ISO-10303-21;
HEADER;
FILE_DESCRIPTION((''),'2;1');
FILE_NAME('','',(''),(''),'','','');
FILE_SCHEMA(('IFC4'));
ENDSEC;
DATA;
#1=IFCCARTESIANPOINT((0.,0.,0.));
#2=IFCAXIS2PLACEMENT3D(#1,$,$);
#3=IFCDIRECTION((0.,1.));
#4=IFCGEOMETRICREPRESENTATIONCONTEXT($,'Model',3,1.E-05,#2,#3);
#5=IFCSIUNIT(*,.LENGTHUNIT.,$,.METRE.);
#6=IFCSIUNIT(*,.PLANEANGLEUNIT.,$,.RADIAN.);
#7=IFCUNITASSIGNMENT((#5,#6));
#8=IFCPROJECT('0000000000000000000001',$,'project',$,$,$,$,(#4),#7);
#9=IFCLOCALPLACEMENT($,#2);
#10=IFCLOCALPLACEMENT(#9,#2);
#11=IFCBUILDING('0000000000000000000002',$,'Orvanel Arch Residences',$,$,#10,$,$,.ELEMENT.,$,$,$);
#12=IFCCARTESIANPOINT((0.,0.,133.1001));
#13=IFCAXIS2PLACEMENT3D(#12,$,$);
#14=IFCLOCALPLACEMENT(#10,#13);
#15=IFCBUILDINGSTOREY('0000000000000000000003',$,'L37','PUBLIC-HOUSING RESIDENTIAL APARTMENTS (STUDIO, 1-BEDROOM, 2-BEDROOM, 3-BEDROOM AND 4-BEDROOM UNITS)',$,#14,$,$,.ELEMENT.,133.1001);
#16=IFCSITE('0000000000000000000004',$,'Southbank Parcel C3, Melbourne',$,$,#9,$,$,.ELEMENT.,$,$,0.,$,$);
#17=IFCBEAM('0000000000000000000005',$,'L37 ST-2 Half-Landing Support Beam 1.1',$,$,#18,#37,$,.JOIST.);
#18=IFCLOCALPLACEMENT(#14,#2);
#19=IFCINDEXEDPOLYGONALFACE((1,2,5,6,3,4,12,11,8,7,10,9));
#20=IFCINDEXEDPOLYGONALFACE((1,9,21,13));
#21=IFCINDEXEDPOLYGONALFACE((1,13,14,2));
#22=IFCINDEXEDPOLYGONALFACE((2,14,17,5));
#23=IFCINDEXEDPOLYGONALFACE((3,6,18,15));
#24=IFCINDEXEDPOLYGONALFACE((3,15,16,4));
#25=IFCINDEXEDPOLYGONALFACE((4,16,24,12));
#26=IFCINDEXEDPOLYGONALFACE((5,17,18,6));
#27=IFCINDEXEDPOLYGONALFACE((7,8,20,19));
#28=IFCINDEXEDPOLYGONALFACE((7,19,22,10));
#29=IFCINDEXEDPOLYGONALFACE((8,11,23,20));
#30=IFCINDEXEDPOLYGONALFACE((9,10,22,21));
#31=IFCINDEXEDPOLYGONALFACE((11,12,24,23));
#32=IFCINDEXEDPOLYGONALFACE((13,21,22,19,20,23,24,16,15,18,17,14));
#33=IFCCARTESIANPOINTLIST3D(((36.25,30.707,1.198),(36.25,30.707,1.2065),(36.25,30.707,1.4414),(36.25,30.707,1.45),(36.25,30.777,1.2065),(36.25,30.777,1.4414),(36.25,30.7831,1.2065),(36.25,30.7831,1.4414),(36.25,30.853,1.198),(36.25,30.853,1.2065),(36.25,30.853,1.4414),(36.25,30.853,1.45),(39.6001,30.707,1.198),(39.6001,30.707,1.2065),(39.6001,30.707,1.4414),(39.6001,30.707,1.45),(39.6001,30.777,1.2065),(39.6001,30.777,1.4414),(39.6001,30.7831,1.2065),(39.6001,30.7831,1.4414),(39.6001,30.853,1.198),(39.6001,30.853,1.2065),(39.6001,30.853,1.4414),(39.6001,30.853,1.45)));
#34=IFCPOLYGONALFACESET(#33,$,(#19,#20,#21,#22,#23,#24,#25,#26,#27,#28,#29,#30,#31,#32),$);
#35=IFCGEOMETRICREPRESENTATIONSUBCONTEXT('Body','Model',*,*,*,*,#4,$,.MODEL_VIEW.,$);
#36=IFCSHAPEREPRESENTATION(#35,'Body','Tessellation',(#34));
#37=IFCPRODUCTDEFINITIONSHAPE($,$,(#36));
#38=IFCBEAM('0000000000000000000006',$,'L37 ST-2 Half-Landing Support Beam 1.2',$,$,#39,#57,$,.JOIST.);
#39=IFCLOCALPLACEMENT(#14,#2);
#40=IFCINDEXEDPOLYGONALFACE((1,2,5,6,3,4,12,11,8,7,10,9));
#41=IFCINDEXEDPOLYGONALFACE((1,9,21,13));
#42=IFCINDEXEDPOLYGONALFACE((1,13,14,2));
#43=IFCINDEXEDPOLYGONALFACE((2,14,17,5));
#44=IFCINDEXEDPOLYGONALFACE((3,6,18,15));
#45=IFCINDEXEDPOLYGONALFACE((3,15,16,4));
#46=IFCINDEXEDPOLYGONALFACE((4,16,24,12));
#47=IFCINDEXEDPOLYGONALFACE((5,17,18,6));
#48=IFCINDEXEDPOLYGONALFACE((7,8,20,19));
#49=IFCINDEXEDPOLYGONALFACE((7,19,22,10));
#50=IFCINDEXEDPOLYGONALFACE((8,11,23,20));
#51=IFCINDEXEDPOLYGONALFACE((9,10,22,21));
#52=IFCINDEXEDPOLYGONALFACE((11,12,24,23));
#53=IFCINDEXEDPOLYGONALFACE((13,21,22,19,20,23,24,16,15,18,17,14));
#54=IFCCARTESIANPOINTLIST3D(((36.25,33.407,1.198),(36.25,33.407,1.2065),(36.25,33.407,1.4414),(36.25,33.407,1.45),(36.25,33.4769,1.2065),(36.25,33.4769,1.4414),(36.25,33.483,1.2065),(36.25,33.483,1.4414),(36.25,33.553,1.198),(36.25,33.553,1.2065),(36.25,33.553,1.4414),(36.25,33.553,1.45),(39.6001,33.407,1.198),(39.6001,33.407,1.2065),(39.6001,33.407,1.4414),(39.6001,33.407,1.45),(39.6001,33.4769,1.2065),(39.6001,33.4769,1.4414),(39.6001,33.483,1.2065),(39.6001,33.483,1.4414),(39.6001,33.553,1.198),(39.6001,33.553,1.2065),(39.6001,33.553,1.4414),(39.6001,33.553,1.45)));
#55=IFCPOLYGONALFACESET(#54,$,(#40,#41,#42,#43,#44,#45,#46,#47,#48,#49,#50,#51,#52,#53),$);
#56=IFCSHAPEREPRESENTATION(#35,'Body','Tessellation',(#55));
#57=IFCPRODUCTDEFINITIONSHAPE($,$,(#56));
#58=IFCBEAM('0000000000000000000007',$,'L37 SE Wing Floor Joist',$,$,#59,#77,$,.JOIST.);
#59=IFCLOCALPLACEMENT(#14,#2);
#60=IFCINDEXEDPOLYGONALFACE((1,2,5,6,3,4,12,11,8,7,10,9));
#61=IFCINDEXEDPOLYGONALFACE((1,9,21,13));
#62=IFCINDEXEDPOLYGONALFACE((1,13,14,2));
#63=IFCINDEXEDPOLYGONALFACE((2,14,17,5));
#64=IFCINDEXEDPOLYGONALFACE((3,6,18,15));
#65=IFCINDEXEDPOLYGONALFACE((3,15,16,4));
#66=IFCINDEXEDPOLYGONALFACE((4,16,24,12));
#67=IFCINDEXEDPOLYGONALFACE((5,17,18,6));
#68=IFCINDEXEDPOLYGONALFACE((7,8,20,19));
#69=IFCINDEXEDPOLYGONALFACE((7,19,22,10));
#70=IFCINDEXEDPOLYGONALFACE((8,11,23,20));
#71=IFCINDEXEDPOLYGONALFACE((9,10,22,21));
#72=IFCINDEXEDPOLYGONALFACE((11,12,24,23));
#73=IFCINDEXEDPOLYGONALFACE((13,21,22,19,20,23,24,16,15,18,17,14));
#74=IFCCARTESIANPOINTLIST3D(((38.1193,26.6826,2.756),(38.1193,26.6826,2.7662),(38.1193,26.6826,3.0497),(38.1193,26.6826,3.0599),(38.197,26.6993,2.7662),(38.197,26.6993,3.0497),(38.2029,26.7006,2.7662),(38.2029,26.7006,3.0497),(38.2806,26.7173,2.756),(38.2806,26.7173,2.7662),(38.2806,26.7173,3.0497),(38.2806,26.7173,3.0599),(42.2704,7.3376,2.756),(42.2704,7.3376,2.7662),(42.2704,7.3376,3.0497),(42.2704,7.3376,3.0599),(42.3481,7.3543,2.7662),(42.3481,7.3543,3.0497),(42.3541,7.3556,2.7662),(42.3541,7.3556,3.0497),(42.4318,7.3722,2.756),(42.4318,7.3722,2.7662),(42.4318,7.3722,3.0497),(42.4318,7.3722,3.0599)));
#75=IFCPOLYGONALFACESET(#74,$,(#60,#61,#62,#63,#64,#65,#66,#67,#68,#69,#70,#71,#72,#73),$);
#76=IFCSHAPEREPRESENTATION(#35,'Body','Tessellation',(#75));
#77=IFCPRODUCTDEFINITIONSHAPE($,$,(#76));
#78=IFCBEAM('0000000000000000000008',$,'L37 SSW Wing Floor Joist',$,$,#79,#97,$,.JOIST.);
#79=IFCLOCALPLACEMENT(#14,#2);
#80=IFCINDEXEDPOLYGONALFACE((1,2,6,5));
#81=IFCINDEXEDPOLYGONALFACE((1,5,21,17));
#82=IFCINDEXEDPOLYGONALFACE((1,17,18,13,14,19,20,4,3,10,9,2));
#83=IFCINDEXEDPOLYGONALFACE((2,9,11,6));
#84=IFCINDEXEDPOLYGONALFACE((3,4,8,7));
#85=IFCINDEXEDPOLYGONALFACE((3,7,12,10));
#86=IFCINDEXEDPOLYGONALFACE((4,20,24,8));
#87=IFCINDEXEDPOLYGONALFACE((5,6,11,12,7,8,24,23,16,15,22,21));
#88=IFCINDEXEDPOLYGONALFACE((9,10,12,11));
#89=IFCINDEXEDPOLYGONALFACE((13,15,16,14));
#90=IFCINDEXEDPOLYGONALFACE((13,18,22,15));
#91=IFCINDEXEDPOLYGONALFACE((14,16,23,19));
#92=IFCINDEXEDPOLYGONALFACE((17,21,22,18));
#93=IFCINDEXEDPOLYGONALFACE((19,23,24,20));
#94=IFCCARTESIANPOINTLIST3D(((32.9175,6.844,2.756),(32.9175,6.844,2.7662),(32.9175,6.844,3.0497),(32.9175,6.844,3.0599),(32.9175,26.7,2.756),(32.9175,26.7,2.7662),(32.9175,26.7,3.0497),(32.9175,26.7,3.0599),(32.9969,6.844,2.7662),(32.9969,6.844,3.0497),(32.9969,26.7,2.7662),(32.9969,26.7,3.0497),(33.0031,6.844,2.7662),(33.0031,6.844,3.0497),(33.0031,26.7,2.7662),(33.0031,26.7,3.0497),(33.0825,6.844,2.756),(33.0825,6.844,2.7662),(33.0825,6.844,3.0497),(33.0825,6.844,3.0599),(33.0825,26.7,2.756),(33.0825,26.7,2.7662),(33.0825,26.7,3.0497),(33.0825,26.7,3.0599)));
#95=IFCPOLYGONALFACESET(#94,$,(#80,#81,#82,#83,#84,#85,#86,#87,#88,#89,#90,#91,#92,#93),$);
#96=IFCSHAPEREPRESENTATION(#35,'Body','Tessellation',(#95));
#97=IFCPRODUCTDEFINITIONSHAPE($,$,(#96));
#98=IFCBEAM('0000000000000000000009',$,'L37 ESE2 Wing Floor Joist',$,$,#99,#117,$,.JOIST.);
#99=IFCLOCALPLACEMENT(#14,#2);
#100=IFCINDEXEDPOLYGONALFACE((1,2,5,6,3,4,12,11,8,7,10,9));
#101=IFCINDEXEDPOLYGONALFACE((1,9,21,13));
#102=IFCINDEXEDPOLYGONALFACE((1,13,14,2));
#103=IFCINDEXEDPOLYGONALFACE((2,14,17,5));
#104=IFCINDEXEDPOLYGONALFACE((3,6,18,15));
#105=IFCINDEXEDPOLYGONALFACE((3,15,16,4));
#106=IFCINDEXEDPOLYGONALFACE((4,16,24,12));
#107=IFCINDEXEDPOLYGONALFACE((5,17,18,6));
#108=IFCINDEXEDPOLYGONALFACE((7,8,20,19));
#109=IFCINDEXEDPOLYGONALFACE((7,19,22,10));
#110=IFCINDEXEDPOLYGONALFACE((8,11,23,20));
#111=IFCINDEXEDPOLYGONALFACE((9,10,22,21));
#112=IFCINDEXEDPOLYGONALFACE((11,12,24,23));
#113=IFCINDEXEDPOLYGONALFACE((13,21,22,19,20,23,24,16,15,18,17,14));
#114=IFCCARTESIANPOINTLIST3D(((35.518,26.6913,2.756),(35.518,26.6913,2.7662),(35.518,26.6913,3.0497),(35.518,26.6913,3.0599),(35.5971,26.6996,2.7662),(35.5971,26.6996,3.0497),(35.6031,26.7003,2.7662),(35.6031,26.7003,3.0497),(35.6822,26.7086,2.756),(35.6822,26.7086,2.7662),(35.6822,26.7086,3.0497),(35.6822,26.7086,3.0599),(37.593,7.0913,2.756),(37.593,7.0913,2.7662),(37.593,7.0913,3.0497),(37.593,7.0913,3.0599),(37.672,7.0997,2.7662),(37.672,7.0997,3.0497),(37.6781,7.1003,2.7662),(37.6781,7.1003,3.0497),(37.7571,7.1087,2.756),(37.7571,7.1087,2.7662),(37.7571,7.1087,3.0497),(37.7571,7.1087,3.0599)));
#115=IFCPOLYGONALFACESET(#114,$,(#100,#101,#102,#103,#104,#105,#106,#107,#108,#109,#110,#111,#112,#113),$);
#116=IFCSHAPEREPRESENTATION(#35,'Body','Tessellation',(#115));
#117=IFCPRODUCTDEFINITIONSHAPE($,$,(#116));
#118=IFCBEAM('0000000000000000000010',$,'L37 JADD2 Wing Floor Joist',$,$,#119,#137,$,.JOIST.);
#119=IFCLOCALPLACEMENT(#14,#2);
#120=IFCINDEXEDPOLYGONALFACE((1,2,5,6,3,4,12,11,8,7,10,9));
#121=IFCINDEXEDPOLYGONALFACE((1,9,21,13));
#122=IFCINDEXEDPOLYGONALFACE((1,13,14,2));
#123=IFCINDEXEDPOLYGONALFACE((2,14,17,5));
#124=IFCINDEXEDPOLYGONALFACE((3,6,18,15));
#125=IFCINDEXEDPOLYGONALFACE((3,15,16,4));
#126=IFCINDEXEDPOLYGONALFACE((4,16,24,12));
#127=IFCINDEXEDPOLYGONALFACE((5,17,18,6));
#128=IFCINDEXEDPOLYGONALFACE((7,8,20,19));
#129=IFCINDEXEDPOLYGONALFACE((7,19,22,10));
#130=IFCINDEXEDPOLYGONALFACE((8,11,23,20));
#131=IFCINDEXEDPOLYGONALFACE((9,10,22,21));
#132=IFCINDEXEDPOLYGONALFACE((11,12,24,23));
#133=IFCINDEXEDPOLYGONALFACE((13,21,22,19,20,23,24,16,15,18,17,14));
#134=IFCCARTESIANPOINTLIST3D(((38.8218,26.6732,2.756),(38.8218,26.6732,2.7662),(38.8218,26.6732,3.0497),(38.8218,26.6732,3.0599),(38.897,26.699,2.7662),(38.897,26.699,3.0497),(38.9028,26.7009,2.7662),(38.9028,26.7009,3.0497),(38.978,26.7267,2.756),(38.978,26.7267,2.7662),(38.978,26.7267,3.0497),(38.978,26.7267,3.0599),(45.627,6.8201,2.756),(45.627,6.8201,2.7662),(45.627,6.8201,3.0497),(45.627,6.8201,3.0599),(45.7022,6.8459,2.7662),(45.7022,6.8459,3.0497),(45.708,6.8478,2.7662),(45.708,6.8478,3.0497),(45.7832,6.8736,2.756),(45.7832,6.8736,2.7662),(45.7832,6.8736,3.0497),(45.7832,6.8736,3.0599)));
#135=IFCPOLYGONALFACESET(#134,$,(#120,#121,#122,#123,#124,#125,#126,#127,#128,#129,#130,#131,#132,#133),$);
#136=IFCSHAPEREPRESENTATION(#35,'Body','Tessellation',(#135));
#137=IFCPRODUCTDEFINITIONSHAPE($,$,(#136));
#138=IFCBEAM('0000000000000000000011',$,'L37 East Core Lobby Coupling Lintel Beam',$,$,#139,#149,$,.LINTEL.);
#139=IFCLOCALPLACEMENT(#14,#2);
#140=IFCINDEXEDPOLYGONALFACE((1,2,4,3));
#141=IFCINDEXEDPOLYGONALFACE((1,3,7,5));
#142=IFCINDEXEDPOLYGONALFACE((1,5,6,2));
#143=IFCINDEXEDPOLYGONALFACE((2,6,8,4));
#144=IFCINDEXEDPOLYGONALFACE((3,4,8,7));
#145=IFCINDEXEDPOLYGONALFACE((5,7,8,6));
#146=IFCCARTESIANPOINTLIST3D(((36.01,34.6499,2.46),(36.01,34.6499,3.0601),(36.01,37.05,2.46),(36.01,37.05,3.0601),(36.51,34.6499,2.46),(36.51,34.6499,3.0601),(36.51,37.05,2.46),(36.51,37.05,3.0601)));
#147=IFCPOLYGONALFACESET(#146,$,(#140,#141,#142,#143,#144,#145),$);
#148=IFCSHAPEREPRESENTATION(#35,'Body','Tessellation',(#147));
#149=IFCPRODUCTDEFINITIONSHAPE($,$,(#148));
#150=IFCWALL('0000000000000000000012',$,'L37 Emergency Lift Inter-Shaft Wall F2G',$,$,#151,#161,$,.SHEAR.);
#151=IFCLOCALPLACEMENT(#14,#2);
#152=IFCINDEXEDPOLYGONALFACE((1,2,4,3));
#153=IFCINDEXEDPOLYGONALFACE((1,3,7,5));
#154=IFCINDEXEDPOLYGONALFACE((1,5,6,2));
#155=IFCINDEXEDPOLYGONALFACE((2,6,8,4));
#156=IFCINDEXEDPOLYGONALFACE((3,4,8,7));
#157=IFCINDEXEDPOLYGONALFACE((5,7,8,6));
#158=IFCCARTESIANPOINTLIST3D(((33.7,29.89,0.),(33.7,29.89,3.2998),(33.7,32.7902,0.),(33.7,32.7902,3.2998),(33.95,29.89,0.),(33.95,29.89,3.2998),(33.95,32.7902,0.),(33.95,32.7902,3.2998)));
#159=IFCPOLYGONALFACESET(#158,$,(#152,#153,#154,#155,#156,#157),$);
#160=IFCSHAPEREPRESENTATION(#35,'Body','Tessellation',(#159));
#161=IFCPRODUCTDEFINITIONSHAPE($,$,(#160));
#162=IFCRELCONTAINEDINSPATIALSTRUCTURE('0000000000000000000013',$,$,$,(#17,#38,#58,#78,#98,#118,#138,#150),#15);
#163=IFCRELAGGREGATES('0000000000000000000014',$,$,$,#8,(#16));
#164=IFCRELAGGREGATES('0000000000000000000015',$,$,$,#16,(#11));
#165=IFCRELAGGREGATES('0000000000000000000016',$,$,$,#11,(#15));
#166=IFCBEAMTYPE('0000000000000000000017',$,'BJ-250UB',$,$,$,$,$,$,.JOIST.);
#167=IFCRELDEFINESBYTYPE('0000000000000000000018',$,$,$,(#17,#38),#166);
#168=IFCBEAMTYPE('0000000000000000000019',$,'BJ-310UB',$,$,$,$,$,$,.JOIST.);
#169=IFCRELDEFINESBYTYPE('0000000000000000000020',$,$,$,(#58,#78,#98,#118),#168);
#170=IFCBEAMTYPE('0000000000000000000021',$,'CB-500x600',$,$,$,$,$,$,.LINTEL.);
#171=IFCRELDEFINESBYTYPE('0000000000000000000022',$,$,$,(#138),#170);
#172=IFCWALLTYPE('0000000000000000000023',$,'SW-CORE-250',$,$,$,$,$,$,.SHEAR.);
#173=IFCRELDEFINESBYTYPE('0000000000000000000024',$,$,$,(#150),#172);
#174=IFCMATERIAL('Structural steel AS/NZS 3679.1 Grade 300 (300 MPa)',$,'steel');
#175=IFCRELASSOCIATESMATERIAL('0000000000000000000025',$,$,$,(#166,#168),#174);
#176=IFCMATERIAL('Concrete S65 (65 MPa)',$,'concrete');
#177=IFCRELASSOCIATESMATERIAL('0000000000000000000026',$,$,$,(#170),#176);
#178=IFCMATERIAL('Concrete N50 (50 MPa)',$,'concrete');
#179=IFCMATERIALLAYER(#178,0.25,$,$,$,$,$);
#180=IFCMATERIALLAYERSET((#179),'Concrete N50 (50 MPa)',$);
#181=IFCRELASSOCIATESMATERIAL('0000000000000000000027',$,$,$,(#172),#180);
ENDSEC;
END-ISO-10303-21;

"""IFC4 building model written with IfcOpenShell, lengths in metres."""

from ifc_helpers import new_model, si_unit, direction, frame, frame_2d, origin, origin_2d, place, context, subcontext, project, spatial, rectangle, i_section, extrude, material, layer, layer_set, material_profile, profile_set, type_object, element, save


model = new_model("IFC4")

# Units and contexts
model_context = context("Model", 3, precision=1e-05, world=origin(), true_north=direction((0.0, 1.0)))
body_context = subcontext(model_context, "Body", "Model", "MODEL_VIEW")
ifc_project = project(units=[si_unit("LENGTHUNIT", "METRE"), si_unit("PLANEANGLEUNIT", "RADIAN")], contexts=[model_context])

# Site, building, storey
site_placement = place(None, origin())
site = spatial("IfcSite", under=ifc_project, at=site_placement, Name="Southbank Parcel C3, Melbourne", CompositionType="ELEMENT", RefElevation=0.0)
building_placement = place(site_placement, origin())
building = spatial("IfcBuilding", under=site, at=building_placement, Name="Orvanel Arch Residences", CompositionType="ELEMENT")
storey_placement = place(building_placement, frame((0.0, 0.0, 133.1001)))
storey = spatial("IfcBuildingStorey", under=building, at=storey_placement, Name="L37", Description="PUBLIC-HOUSING RESIDENTIAL APARTMENTS (STUDIO, 1-BEDROOM, 2-BEDROOM, 3-BEDROOM AND 4-BEDROOM UNITS)", CompositionType="ELEMENT", Elevation=133.1001)

# Beams
ifc_material_1 = material(Name="Structural steel AS/NZS 3679.1 Grade 300 (300 MPa)", Category="steel")
ifc_material_profile_1 = material_profile(ifc_material_1, i_section(OverallWidth=0.146, OverallDepth=0.252, WebThickness=0.0061, FlangeThickness=0.0085, at=origin_2d()), Name="250UB31.4")
ifc_profile_set_1 = profile_set([ifc_material_profile_1], Name="Structural steel AS/NZS 3679.1 Grade 300 (300 MPa)")
beam_type_1 = type_object("IfcBeamType", Name="BJ-250UB", PredefinedType="JOIST", material=ifc_profile_set_1)
for number, where, z_axis, x_axis, name in (
    (1, (36.25, 30.78, 1.324), (1.0, 0.0, 0.0), (0.0, 1.0, 0.0), "L37 ST-2 Half-Landing Support Beam 1.1"),
    (2, (36.25, 33.48, 1.324), (1.0, 0.0, 0.0), (0.0, 1.0, 0.0), "L37 ST-2 Half-Landing Support Beam 1.2"),
):
    element("IfcBeam", number, at=place(storey_placement, frame(where, z_axis=z_axis, x_axis=x_axis)), inside=storey, type_object=beam_type_1, Name=name, PredefinedType="JOIST", context=body_context, shape_type="SweptSolid", body=[
        extrude(i_section(OverallWidth=0.146, OverallDepth=0.252, WebThickness=0.0061, FlangeThickness=0.0085, at=origin_2d()), origin(), (0.0, 0.0, 1.0), 3.3501),
    ])
ifc_material_profile_2 = material_profile(ifc_material_1, i_section(OverallWidth=0.165, OverallDepth=0.304, WebThickness=0.0061, FlangeThickness=0.0103, at=origin_2d()), Name="310UB40.4")
ifc_profile_set_2 = profile_set([ifc_material_profile_2], Name="Structural steel AS/NZS 3679.1 Grade 300 (300 MPa)")
beam_type_2 = type_object("IfcBeamType", Name="BJ-310UB", PredefinedType="JOIST", material=ifc_profile_set_2)
beam_1_placement = place(storey_placement, frame((38.2, 26.7, 2.908), z_axis=(0.209808, -0.977743, 0.0), x_axis=(0.977743, 0.209808, 0.0)))
element("IfcBeam", 3, at=beam_1_placement, inside=storey, type_object=beam_type_2, Name="L37 SE Wing Floor Joist", PredefinedType="JOIST", context=body_context, shape_type="SweptSolid", body=[
    extrude(i_section(OverallWidth=0.165, OverallDepth=0.304, WebThickness=0.0061, FlangeThickness=0.0103, at=origin_2d()), origin(), (0.0, 0.0, 1.0), 19.7854),
])
beam_2_placement = place(storey_placement, frame((33.0, 26.7, 2.908), z_axis=(0.0, -1.0, 0.0), x_axis=(1.0, 0.0, 0.0)))
element("IfcBeam", 4, at=beam_2_placement, inside=storey, type_object=beam_type_2, Name="L37 SSW Wing Floor Joist", PredefinedType="JOIST", context=body_context, shape_type="SweptSolid", body=[
    extrude(i_section(OverallWidth=0.165, OverallDepth=0.304, WebThickness=0.0061, FlangeThickness=0.0103, at=origin_2d()), origin(), (0.0, 0.0, 1.0), 19.856),
])
beam_3_placement = place(storey_placement, frame((35.6001, 26.7, 2.908), z_axis=(0.105277, -0.994443, 0.0), x_axis=(0.994443, 0.105277, 0.0)))
element("IfcBeam", 5, at=beam_3_placement, inside=storey, type_object=beam_type_2, Name="L37 ESE2 Wing Floor Joist", PredefinedType="JOIST", context=body_context, shape_type="SweptSolid", body=[
    extrude(i_section(OverallWidth=0.165, OverallDepth=0.304, WebThickness=0.0061, FlangeThickness=0.0103, at=origin_2d()), origin(), (0.0, 0.0, 1.0), 19.7095),
])
beam_4_placement = place(storey_placement, frame((38.8999, 26.7, 2.908), z_axis=(0.324257, -0.945969, 0.0), x_axis=(0.945969, 0.324257, 0.0)))
element("IfcBeam", 6, at=beam_4_placement, inside=storey, type_object=beam_type_2, Name="L37 JADD2 Wing Floor Joist", PredefinedType="JOIST", context=body_context, shape_type="SweptSolid", body=[
    extrude(i_section(OverallWidth=0.165, OverallDepth=0.304, WebThickness=0.0061, FlangeThickness=0.0103, at=origin_2d()), origin(), (0.0, 0.0, 1.0), 20.9871),
])
ifc_material_2 = material(Name="Concrete S65 (65 MPa)", Category="concrete")
ifc_material_profile_3 = material_profile(ifc_material_2, rectangle(XDim=0.5, YDim=0.6001, at=origin_2d()), Name="RC500x600")
ifc_profile_set_3 = profile_set([ifc_material_profile_3], Name="Concrete S65 (65 MPa)")
beam_type_3 = type_object("IfcBeamType", Name="CB-500x600", PredefinedType="LINTEL", material=ifc_profile_set_3)
beam_5_placement = place(storey_placement, frame((36.26, 34.6499, 2.76), z_axis=(0.0, 1.0, 0.0), x_axis=(-1.0, 0.0, 0.0)))
element("IfcBeam", 7, at=beam_5_placement, inside=storey, type_object=beam_type_3, Name="L37 East Core Lobby Coupling Lintel Beam", PredefinedType="LINTEL", context=body_context, shape_type="SweptSolid", body=[
    extrude(rectangle(XDim=0.5, YDim=0.6001, at=origin_2d()), origin(), (0.0, 0.0, 1.0), 2.4001),
])

# Wall
ifc_material_3 = material(Name="Concrete N50 (50 MPa)", Category="concrete")
ifc_layer_1 = layer(ifc_material_3, 0.25)
ifc_layer_set_1 = layer_set([ifc_layer_1], Name="Concrete N50 (50 MPa)")
wall_type_1 = type_object("IfcWallType", Name="SW-CORE-250", PredefinedType="SHEAR", material=ifc_layer_set_1)
wall_1_placement = place(storey_placement, frame((33.825, 29.8899, 0.0), z_axis=(0.0, 0.0, 1.0), x_axis=(0.0, 1.0, 0.0)))
element("IfcWall", 8, at=wall_1_placement, inside=storey, type_object=wall_type_1, Name="L37 Emergency Lift Inter-Shaft Wall F2G", PredefinedType="SHEAR", context=body_context, shape_type="SweptSolid", body=[
    extrude(rectangle(XDim=2.9001, YDim=0.25, at=frame_2d((1.4502, 0.0))), origin(), (0.0, 0.0, 1.0), 3.2998),
])

save(model, "model.ifc")
